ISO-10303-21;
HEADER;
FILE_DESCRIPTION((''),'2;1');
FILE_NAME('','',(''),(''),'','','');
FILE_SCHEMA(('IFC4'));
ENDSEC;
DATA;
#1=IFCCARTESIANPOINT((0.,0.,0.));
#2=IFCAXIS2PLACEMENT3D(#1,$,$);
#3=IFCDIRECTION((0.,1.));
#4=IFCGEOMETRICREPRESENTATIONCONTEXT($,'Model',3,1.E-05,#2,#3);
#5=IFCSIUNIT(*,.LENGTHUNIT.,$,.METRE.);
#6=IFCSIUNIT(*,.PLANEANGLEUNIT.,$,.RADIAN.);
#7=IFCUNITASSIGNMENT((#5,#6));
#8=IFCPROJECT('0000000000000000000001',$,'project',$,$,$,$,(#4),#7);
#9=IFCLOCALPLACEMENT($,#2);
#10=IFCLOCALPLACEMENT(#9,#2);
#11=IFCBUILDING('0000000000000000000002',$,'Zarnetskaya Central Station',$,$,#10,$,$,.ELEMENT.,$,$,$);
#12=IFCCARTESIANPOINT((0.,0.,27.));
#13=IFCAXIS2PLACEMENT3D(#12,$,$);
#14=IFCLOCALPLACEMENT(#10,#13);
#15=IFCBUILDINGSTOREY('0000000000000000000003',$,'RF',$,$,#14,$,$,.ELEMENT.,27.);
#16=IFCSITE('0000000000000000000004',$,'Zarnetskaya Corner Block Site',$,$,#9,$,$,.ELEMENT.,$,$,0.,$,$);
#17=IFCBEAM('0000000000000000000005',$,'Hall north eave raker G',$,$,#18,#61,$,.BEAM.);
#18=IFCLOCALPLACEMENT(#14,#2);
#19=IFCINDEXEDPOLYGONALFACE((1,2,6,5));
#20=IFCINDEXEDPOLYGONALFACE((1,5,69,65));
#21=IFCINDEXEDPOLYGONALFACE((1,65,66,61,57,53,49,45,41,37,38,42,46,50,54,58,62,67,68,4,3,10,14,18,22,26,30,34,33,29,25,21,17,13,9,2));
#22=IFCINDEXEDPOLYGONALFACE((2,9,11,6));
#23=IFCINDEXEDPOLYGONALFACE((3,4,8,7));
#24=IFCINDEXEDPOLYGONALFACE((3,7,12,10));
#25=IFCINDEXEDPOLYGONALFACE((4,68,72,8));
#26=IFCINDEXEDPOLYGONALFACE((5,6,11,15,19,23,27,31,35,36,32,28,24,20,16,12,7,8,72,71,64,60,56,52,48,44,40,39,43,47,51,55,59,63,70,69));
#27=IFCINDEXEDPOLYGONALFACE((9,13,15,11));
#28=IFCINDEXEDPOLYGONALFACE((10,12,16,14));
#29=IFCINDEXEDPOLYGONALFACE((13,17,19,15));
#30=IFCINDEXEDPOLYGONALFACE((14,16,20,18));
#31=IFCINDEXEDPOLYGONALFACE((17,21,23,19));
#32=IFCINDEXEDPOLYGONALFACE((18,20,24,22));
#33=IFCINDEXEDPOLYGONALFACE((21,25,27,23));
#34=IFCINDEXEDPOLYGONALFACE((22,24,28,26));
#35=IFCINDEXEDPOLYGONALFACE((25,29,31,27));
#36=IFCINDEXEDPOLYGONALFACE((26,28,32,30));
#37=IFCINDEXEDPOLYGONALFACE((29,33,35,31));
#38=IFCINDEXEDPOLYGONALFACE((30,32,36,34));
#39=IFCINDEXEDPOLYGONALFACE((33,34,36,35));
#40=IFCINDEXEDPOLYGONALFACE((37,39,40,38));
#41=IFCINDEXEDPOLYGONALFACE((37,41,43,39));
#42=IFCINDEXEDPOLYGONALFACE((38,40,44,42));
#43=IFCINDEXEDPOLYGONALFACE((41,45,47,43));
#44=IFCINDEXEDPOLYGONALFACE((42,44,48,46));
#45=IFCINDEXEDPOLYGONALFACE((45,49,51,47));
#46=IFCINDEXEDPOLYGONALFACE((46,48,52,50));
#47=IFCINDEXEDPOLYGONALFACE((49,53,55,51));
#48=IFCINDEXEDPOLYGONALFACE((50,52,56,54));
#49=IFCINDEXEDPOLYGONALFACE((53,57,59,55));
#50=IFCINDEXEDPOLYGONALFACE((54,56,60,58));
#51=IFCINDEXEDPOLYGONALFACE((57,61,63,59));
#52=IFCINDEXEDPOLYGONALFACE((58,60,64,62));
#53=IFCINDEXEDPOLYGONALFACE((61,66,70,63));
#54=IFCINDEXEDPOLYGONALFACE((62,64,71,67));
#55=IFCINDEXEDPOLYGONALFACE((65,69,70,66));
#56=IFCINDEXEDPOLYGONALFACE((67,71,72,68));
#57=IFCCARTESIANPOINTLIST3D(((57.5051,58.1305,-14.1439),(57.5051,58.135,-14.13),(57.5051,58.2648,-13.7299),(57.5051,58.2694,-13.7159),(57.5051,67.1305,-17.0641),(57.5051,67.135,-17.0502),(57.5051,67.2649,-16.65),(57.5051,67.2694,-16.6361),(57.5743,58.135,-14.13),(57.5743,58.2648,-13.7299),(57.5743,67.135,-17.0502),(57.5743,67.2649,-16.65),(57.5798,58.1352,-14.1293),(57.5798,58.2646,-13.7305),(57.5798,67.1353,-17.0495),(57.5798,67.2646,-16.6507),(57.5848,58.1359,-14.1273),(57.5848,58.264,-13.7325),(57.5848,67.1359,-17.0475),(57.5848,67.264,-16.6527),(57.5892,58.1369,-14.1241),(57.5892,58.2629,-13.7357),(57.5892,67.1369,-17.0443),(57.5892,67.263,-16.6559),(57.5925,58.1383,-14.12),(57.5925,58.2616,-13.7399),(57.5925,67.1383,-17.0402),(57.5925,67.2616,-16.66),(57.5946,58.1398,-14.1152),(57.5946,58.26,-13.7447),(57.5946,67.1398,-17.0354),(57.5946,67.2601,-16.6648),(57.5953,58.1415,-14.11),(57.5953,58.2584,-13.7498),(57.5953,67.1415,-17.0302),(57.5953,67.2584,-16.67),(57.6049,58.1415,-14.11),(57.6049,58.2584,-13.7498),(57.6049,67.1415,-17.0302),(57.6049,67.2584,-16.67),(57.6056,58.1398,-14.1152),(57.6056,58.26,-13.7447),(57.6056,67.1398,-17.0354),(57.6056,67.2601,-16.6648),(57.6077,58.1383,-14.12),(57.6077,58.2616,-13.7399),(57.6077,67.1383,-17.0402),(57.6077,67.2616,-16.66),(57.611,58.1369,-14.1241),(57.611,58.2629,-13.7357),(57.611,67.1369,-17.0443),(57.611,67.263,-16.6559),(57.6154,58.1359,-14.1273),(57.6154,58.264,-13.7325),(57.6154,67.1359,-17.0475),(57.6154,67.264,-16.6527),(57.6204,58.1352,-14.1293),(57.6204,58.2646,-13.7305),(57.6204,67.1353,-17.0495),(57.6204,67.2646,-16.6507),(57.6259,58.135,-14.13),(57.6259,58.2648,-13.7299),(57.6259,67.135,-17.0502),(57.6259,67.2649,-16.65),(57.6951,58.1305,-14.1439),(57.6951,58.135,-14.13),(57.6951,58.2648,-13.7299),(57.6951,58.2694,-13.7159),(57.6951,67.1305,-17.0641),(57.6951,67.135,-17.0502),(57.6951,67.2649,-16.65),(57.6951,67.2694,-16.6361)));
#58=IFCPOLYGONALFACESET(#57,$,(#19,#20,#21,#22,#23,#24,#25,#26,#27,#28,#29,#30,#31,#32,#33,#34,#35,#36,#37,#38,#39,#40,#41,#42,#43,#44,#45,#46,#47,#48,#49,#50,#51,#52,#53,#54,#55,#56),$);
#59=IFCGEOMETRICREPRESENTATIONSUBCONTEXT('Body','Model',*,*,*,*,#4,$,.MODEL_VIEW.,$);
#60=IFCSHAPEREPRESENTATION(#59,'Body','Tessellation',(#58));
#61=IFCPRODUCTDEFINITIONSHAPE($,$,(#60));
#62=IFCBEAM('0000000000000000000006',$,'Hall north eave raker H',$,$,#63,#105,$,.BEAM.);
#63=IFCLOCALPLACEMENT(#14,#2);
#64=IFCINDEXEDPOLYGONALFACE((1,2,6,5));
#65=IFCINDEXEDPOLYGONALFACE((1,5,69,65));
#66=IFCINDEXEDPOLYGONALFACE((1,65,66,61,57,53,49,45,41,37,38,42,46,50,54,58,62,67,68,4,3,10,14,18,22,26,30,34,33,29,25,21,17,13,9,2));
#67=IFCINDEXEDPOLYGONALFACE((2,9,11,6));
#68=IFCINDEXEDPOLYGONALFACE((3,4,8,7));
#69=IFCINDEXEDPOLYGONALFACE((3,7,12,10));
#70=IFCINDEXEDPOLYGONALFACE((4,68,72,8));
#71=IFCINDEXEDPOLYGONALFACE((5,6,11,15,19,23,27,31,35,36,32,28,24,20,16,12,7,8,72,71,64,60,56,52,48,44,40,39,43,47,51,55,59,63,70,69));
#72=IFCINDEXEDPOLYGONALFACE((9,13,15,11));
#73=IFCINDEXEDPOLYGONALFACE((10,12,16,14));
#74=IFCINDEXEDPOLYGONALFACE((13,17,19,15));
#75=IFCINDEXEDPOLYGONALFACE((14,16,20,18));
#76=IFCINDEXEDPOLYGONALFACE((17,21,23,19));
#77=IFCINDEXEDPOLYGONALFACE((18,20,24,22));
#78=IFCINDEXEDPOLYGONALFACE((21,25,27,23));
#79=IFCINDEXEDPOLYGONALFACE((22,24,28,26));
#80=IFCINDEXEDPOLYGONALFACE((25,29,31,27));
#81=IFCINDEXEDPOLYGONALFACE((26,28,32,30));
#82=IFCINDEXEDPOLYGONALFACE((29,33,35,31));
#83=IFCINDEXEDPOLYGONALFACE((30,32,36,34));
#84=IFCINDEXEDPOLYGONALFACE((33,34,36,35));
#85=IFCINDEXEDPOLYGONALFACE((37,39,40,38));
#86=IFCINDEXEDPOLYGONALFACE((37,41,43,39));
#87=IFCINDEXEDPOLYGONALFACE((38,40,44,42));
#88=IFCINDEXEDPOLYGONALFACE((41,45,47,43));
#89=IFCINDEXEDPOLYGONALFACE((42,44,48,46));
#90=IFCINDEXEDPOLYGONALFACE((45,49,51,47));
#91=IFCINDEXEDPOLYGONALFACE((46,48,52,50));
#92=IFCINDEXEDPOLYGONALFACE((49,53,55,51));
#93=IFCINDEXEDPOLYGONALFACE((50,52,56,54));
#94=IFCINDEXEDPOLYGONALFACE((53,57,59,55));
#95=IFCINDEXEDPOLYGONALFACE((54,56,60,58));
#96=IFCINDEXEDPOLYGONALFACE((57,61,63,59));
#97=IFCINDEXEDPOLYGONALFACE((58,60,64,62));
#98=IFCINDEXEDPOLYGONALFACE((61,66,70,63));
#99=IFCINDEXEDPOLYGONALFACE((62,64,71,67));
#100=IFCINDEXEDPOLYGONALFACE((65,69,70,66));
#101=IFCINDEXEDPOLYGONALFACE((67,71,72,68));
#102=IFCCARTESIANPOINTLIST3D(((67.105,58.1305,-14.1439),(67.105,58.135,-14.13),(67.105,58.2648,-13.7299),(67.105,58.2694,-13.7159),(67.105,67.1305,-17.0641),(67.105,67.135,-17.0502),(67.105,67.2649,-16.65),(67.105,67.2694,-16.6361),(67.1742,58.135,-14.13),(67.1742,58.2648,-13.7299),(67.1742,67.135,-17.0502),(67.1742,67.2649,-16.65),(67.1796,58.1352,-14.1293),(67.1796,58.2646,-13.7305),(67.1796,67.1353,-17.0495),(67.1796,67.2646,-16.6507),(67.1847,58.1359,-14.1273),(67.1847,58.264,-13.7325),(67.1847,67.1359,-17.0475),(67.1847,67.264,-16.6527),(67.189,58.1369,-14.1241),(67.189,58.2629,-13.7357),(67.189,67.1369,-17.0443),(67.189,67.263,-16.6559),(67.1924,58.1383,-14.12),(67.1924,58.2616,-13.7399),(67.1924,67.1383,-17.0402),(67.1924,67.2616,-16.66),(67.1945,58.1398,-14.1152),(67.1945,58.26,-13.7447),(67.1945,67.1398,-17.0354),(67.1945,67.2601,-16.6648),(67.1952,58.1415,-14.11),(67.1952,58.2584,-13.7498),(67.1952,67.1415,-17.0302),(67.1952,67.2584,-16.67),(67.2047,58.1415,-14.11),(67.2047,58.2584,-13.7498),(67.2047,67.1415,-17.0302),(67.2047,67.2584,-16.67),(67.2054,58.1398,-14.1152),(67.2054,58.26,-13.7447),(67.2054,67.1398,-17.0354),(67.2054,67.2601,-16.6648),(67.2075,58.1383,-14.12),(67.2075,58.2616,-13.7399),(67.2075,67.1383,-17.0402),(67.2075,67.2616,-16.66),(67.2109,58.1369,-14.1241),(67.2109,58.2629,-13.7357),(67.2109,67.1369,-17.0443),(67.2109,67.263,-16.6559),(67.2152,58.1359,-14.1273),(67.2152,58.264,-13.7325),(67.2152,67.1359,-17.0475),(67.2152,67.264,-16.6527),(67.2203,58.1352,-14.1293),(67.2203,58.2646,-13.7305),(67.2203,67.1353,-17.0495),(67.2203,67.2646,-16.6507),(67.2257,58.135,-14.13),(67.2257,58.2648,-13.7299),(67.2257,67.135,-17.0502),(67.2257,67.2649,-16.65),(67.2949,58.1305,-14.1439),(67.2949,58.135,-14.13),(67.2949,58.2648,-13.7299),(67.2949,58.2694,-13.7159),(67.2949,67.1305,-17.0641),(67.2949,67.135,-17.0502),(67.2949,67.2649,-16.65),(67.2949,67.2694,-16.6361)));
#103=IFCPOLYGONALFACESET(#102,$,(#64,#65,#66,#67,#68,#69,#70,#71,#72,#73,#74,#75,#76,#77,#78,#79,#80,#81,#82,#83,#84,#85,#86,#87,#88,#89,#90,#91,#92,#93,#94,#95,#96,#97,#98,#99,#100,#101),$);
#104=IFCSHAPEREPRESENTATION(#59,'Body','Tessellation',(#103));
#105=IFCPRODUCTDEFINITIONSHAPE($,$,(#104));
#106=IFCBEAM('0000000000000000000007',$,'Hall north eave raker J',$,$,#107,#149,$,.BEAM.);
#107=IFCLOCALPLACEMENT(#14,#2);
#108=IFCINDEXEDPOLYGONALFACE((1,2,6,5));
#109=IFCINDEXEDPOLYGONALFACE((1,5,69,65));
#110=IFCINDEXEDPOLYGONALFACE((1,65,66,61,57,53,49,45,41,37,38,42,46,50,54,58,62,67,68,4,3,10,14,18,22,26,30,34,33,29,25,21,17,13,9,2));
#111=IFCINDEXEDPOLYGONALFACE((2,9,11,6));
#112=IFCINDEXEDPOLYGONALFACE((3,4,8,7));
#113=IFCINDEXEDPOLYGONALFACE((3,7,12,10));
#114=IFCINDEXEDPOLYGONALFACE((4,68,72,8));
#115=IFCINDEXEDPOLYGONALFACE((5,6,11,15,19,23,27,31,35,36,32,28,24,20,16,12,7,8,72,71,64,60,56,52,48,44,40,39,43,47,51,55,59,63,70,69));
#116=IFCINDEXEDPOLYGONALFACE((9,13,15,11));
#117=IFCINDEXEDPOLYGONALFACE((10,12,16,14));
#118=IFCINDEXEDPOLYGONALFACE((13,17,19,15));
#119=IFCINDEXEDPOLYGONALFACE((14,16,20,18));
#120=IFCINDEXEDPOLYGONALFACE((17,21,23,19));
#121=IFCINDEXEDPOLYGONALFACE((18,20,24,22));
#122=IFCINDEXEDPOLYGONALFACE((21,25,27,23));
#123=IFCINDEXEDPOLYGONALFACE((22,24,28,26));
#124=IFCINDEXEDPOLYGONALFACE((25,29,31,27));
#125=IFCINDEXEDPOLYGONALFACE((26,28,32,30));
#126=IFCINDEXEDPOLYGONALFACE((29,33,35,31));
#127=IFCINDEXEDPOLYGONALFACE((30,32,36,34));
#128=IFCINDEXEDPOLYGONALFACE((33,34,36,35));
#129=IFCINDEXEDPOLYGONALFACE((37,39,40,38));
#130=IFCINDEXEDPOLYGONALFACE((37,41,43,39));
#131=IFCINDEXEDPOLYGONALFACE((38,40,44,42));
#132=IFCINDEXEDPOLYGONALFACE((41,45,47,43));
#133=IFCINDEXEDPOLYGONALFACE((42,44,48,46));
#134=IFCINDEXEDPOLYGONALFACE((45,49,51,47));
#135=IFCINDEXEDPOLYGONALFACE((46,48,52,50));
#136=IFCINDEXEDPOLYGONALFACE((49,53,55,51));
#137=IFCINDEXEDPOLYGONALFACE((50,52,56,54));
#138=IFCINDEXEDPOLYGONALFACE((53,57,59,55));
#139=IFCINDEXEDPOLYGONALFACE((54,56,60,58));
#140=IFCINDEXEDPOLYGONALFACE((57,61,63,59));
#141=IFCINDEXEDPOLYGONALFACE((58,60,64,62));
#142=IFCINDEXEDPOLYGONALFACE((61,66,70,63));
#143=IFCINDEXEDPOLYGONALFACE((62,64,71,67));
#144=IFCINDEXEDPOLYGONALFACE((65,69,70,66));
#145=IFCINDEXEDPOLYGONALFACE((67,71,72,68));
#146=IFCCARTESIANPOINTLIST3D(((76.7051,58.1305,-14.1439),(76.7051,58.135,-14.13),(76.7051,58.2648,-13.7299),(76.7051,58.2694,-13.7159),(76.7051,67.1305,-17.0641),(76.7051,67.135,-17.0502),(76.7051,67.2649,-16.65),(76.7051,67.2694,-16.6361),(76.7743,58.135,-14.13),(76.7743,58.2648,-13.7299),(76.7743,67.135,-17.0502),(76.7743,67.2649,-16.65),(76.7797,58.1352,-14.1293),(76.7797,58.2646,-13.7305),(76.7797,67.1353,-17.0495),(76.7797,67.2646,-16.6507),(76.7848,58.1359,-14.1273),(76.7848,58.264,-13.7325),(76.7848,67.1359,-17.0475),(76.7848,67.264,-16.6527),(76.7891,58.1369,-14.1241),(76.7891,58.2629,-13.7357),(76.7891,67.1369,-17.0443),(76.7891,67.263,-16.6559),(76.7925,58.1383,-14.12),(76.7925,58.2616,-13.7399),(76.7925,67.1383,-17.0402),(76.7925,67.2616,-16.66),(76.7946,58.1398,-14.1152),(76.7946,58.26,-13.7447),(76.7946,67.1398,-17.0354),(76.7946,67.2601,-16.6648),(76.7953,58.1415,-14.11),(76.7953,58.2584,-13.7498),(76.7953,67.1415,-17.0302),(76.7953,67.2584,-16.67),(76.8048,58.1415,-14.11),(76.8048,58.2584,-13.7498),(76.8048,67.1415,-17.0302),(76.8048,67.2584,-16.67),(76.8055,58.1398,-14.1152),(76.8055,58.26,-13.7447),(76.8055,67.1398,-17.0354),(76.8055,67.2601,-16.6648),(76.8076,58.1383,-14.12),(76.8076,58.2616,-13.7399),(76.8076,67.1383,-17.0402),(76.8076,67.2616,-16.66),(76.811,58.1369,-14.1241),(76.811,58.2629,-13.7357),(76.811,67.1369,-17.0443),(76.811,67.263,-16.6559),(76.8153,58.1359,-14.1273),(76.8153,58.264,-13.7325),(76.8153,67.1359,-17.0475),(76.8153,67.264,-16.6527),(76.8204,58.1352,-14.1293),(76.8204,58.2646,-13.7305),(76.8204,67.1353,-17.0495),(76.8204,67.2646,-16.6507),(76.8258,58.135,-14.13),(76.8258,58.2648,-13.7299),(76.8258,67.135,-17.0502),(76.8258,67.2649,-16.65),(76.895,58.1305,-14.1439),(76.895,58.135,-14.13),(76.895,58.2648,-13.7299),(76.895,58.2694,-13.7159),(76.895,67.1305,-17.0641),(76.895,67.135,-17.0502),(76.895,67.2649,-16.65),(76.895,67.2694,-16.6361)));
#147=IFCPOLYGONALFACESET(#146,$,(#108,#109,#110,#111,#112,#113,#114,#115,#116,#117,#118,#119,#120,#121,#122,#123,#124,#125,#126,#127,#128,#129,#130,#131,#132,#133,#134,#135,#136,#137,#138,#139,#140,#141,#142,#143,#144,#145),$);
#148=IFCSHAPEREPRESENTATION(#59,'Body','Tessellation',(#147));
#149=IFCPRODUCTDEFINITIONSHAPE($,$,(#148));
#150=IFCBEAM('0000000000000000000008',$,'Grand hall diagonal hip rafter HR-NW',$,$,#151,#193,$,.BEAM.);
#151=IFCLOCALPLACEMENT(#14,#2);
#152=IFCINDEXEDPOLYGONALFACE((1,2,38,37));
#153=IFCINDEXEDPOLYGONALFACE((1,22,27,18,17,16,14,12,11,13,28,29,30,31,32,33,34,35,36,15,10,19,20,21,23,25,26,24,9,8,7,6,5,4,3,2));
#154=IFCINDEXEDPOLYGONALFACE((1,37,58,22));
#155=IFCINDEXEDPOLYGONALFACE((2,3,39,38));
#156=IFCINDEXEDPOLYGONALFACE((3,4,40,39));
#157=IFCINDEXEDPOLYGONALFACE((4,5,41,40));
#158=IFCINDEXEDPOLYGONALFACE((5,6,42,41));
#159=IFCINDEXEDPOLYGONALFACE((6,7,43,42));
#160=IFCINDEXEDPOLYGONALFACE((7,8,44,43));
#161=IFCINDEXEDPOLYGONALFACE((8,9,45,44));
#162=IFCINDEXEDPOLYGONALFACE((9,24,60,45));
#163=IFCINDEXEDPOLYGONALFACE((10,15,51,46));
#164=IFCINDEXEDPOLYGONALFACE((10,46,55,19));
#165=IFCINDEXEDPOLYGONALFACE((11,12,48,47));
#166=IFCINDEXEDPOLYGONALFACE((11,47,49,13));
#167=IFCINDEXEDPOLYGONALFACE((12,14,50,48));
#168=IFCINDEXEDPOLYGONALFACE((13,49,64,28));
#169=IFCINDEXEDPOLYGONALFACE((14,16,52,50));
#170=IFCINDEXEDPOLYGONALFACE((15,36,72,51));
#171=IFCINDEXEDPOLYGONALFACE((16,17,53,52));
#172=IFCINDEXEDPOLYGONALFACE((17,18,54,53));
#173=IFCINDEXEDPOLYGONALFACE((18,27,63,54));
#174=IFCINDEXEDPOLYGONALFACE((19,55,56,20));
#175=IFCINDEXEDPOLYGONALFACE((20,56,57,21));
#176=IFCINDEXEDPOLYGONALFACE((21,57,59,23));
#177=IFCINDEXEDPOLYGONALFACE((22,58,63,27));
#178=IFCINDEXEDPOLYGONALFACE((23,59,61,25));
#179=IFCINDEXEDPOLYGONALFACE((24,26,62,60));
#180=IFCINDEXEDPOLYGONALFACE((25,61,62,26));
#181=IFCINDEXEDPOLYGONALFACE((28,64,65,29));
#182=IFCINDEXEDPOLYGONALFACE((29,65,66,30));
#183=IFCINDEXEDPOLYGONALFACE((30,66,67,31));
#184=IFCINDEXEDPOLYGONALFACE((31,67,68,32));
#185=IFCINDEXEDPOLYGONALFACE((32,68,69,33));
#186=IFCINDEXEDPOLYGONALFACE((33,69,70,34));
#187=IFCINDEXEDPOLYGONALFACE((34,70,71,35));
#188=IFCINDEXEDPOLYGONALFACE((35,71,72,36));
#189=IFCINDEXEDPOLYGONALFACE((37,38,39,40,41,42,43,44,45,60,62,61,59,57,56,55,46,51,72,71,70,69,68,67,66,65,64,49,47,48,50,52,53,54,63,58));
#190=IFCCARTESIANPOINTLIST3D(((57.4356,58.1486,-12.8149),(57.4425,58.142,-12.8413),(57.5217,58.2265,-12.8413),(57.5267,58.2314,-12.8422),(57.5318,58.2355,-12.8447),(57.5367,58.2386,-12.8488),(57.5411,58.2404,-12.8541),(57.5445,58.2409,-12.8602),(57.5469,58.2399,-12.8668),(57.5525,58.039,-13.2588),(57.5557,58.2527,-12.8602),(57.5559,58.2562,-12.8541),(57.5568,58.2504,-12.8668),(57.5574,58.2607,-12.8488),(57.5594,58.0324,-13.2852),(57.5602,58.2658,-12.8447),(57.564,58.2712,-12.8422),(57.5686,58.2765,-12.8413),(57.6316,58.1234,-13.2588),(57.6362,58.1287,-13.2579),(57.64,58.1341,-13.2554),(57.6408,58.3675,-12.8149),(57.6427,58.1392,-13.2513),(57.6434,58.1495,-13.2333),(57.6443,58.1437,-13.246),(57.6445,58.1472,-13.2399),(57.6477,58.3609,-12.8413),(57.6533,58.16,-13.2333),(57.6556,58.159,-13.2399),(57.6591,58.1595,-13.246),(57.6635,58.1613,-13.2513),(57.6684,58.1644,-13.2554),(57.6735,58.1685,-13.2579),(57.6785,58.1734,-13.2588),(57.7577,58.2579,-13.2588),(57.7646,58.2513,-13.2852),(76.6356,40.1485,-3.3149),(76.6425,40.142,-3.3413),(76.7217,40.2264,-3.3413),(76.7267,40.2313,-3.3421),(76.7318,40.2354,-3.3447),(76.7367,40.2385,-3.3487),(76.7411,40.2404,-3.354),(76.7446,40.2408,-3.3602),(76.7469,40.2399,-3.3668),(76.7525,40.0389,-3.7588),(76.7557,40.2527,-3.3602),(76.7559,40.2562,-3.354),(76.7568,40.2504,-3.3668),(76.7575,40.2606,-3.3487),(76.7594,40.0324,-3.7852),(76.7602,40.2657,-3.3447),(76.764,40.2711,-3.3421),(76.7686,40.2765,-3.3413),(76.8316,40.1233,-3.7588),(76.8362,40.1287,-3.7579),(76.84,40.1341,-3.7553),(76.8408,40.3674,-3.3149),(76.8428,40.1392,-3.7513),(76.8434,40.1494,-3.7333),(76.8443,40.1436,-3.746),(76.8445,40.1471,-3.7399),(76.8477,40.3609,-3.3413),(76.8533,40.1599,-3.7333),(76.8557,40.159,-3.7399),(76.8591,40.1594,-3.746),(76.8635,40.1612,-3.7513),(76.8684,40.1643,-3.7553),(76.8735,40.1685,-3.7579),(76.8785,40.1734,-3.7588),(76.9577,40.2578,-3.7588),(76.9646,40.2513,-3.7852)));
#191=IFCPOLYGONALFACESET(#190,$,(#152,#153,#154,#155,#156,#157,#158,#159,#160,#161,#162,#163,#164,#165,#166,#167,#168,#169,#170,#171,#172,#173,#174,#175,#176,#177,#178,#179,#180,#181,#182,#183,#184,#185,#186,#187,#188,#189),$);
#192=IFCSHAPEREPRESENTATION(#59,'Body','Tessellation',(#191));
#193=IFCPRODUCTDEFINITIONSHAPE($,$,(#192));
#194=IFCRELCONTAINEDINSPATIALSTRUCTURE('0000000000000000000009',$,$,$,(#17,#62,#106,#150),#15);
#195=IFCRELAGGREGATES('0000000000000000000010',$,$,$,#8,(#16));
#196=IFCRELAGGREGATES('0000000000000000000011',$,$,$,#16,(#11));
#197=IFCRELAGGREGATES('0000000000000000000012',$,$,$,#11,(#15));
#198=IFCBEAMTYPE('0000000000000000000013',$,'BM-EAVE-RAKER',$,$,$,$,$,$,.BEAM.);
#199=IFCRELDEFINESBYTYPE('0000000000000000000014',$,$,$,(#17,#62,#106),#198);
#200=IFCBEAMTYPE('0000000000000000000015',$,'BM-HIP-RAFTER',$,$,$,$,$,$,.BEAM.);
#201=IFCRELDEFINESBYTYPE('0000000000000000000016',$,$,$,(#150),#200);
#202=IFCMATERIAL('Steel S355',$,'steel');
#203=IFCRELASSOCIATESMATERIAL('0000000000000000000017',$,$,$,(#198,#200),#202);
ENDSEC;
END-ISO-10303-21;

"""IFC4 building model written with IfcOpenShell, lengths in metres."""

from ifc_helpers import new_model, si_unit, direction, frame, origin, origin_2d, place, context, subcontext, project, spatial, i_section, extrude, material, material_profile, profile_set, type_object, element, save


model = new_model("IFC4")

# Units and contexts
model_context = context("Model", 3, precision=1e-05, world=origin(), true_north=direction((0.0, 1.0)))
body_context = subcontext(model_context, "Body", "Model", "MODEL_VIEW")
ifc_project = project(units=[si_unit("LENGTHUNIT", "METRE"), si_unit("PLANEANGLEUNIT", "RADIAN")], contexts=[model_context])

# Site, building, storey
site_placement = place(None, origin())
site = spatial("IfcSite", under=ifc_project, at=site_placement, Name="Zarnetskaya Corner Block Site", CompositionType="ELEMENT", RefElevation=0.0)
building_placement = place(site_placement, origin())
building = spatial("IfcBuilding", under=site, at=building_placement, Name="Zarnetskaya Central Station", CompositionType="ELEMENT")
storey_placement = place(building_placement, frame((0.0, 0.0, 27.0)))
storey = spatial("IfcBuildingStorey", under=building, at=storey_placement, Name="RF", CompositionType="ELEMENT", Elevation=27.0)

# Beams
ifc_material_1 = material(Name="Steel S355", Category="steel")
ifc_material_profile_1 = material_profile(ifc_material_1, i_section(OverallWidth=0.1899, OverallDepth=0.45, WebThickness=0.0095, FlangeThickness=0.0146, FilletRadius=0.021, at=origin_2d()), Name="IPE 450")
ifc_profile_set_1 = profile_set([ifc_material_profile_1], Name="Steel S355")
beam_type_1 = type_object("IfcBeamType", Name="BM-EAVE-RAKER", PredefinedType="BEAM", material=ifc_profile_set_1)
for number, where, z_axis, x_axis, name in (
    (1, (57.6001, 67.2, -16.8501), (0.0, -0.951184, 0.308624), (1.0, 0.0, 0.0), "Hall north eave raker G"),
    (2, (67.2, 67.2, -16.8501), (0.0, -0.951184, 0.308624), (1.0, 0.0, 0.0), "Hall north eave raker H"),
    (3, (76.8, 67.2, -16.8501), (0.0, -0.951184, 0.308624), (1.0, 0.0, 0.0), "Hall north eave raker J"),
):
    element("IfcBeam", number, at=place(storey_placement, frame(where, z_axis=z_axis, x_axis=x_axis)), inside=storey, type_object=beam_type_1, Name=name, PredefinedType="BEAM", context=body_context, shape_type="SweptSolid", body=[
        extrude(i_section(OverallWidth=0.1899, OverallDepth=0.45, WebThickness=0.0095, FlangeThickness=0.0146, FilletRadius=0.021, at=origin_2d()), origin(), (0.0, 0.0, 1.0), 9.4619),
    ])
ifc_material_profile_2 = material_profile(ifc_material_1, i_section(OverallWidth=0.3, OverallDepth=0.5, WebThickness=0.0144, FlangeThickness=0.0281, FilletRadius=0.0271, at=origin_2d()), Name="HEB 500")
ifc_profile_set_2 = profile_set([ifc_material_profile_2], Name="Steel S355")
beam_type_2 = type_object("IfcBeamType", Name="BM-HIP-RAFTER", PredefinedType="BEAM", material=ifc_profile_set_2)
beam_1_placement = place(storey_placement, frame((57.6001, 58.2, -13.05), z_axis=(0.686199, -0.643313, 0.339527), x_axis=(0.683942, 0.729536, 0.0)))
element("IfcBeam", 4, at=beam_1_placement, inside=storey, type_object=beam_type_2, Name="Grand hall diagonal hip rafter HR-NW", PredefinedType="BEAM", context=body_context, shape_type="SweptSolid", body=[
    extrude(i_section(OverallWidth=0.3, OverallDepth=0.5, WebThickness=0.0144, FlangeThickness=0.0281, FilletRadius=0.0271, at=origin_2d()), origin(), (0.0, 0.0, 1.0), 27.9802),
])

save(model, "model.ifc")
